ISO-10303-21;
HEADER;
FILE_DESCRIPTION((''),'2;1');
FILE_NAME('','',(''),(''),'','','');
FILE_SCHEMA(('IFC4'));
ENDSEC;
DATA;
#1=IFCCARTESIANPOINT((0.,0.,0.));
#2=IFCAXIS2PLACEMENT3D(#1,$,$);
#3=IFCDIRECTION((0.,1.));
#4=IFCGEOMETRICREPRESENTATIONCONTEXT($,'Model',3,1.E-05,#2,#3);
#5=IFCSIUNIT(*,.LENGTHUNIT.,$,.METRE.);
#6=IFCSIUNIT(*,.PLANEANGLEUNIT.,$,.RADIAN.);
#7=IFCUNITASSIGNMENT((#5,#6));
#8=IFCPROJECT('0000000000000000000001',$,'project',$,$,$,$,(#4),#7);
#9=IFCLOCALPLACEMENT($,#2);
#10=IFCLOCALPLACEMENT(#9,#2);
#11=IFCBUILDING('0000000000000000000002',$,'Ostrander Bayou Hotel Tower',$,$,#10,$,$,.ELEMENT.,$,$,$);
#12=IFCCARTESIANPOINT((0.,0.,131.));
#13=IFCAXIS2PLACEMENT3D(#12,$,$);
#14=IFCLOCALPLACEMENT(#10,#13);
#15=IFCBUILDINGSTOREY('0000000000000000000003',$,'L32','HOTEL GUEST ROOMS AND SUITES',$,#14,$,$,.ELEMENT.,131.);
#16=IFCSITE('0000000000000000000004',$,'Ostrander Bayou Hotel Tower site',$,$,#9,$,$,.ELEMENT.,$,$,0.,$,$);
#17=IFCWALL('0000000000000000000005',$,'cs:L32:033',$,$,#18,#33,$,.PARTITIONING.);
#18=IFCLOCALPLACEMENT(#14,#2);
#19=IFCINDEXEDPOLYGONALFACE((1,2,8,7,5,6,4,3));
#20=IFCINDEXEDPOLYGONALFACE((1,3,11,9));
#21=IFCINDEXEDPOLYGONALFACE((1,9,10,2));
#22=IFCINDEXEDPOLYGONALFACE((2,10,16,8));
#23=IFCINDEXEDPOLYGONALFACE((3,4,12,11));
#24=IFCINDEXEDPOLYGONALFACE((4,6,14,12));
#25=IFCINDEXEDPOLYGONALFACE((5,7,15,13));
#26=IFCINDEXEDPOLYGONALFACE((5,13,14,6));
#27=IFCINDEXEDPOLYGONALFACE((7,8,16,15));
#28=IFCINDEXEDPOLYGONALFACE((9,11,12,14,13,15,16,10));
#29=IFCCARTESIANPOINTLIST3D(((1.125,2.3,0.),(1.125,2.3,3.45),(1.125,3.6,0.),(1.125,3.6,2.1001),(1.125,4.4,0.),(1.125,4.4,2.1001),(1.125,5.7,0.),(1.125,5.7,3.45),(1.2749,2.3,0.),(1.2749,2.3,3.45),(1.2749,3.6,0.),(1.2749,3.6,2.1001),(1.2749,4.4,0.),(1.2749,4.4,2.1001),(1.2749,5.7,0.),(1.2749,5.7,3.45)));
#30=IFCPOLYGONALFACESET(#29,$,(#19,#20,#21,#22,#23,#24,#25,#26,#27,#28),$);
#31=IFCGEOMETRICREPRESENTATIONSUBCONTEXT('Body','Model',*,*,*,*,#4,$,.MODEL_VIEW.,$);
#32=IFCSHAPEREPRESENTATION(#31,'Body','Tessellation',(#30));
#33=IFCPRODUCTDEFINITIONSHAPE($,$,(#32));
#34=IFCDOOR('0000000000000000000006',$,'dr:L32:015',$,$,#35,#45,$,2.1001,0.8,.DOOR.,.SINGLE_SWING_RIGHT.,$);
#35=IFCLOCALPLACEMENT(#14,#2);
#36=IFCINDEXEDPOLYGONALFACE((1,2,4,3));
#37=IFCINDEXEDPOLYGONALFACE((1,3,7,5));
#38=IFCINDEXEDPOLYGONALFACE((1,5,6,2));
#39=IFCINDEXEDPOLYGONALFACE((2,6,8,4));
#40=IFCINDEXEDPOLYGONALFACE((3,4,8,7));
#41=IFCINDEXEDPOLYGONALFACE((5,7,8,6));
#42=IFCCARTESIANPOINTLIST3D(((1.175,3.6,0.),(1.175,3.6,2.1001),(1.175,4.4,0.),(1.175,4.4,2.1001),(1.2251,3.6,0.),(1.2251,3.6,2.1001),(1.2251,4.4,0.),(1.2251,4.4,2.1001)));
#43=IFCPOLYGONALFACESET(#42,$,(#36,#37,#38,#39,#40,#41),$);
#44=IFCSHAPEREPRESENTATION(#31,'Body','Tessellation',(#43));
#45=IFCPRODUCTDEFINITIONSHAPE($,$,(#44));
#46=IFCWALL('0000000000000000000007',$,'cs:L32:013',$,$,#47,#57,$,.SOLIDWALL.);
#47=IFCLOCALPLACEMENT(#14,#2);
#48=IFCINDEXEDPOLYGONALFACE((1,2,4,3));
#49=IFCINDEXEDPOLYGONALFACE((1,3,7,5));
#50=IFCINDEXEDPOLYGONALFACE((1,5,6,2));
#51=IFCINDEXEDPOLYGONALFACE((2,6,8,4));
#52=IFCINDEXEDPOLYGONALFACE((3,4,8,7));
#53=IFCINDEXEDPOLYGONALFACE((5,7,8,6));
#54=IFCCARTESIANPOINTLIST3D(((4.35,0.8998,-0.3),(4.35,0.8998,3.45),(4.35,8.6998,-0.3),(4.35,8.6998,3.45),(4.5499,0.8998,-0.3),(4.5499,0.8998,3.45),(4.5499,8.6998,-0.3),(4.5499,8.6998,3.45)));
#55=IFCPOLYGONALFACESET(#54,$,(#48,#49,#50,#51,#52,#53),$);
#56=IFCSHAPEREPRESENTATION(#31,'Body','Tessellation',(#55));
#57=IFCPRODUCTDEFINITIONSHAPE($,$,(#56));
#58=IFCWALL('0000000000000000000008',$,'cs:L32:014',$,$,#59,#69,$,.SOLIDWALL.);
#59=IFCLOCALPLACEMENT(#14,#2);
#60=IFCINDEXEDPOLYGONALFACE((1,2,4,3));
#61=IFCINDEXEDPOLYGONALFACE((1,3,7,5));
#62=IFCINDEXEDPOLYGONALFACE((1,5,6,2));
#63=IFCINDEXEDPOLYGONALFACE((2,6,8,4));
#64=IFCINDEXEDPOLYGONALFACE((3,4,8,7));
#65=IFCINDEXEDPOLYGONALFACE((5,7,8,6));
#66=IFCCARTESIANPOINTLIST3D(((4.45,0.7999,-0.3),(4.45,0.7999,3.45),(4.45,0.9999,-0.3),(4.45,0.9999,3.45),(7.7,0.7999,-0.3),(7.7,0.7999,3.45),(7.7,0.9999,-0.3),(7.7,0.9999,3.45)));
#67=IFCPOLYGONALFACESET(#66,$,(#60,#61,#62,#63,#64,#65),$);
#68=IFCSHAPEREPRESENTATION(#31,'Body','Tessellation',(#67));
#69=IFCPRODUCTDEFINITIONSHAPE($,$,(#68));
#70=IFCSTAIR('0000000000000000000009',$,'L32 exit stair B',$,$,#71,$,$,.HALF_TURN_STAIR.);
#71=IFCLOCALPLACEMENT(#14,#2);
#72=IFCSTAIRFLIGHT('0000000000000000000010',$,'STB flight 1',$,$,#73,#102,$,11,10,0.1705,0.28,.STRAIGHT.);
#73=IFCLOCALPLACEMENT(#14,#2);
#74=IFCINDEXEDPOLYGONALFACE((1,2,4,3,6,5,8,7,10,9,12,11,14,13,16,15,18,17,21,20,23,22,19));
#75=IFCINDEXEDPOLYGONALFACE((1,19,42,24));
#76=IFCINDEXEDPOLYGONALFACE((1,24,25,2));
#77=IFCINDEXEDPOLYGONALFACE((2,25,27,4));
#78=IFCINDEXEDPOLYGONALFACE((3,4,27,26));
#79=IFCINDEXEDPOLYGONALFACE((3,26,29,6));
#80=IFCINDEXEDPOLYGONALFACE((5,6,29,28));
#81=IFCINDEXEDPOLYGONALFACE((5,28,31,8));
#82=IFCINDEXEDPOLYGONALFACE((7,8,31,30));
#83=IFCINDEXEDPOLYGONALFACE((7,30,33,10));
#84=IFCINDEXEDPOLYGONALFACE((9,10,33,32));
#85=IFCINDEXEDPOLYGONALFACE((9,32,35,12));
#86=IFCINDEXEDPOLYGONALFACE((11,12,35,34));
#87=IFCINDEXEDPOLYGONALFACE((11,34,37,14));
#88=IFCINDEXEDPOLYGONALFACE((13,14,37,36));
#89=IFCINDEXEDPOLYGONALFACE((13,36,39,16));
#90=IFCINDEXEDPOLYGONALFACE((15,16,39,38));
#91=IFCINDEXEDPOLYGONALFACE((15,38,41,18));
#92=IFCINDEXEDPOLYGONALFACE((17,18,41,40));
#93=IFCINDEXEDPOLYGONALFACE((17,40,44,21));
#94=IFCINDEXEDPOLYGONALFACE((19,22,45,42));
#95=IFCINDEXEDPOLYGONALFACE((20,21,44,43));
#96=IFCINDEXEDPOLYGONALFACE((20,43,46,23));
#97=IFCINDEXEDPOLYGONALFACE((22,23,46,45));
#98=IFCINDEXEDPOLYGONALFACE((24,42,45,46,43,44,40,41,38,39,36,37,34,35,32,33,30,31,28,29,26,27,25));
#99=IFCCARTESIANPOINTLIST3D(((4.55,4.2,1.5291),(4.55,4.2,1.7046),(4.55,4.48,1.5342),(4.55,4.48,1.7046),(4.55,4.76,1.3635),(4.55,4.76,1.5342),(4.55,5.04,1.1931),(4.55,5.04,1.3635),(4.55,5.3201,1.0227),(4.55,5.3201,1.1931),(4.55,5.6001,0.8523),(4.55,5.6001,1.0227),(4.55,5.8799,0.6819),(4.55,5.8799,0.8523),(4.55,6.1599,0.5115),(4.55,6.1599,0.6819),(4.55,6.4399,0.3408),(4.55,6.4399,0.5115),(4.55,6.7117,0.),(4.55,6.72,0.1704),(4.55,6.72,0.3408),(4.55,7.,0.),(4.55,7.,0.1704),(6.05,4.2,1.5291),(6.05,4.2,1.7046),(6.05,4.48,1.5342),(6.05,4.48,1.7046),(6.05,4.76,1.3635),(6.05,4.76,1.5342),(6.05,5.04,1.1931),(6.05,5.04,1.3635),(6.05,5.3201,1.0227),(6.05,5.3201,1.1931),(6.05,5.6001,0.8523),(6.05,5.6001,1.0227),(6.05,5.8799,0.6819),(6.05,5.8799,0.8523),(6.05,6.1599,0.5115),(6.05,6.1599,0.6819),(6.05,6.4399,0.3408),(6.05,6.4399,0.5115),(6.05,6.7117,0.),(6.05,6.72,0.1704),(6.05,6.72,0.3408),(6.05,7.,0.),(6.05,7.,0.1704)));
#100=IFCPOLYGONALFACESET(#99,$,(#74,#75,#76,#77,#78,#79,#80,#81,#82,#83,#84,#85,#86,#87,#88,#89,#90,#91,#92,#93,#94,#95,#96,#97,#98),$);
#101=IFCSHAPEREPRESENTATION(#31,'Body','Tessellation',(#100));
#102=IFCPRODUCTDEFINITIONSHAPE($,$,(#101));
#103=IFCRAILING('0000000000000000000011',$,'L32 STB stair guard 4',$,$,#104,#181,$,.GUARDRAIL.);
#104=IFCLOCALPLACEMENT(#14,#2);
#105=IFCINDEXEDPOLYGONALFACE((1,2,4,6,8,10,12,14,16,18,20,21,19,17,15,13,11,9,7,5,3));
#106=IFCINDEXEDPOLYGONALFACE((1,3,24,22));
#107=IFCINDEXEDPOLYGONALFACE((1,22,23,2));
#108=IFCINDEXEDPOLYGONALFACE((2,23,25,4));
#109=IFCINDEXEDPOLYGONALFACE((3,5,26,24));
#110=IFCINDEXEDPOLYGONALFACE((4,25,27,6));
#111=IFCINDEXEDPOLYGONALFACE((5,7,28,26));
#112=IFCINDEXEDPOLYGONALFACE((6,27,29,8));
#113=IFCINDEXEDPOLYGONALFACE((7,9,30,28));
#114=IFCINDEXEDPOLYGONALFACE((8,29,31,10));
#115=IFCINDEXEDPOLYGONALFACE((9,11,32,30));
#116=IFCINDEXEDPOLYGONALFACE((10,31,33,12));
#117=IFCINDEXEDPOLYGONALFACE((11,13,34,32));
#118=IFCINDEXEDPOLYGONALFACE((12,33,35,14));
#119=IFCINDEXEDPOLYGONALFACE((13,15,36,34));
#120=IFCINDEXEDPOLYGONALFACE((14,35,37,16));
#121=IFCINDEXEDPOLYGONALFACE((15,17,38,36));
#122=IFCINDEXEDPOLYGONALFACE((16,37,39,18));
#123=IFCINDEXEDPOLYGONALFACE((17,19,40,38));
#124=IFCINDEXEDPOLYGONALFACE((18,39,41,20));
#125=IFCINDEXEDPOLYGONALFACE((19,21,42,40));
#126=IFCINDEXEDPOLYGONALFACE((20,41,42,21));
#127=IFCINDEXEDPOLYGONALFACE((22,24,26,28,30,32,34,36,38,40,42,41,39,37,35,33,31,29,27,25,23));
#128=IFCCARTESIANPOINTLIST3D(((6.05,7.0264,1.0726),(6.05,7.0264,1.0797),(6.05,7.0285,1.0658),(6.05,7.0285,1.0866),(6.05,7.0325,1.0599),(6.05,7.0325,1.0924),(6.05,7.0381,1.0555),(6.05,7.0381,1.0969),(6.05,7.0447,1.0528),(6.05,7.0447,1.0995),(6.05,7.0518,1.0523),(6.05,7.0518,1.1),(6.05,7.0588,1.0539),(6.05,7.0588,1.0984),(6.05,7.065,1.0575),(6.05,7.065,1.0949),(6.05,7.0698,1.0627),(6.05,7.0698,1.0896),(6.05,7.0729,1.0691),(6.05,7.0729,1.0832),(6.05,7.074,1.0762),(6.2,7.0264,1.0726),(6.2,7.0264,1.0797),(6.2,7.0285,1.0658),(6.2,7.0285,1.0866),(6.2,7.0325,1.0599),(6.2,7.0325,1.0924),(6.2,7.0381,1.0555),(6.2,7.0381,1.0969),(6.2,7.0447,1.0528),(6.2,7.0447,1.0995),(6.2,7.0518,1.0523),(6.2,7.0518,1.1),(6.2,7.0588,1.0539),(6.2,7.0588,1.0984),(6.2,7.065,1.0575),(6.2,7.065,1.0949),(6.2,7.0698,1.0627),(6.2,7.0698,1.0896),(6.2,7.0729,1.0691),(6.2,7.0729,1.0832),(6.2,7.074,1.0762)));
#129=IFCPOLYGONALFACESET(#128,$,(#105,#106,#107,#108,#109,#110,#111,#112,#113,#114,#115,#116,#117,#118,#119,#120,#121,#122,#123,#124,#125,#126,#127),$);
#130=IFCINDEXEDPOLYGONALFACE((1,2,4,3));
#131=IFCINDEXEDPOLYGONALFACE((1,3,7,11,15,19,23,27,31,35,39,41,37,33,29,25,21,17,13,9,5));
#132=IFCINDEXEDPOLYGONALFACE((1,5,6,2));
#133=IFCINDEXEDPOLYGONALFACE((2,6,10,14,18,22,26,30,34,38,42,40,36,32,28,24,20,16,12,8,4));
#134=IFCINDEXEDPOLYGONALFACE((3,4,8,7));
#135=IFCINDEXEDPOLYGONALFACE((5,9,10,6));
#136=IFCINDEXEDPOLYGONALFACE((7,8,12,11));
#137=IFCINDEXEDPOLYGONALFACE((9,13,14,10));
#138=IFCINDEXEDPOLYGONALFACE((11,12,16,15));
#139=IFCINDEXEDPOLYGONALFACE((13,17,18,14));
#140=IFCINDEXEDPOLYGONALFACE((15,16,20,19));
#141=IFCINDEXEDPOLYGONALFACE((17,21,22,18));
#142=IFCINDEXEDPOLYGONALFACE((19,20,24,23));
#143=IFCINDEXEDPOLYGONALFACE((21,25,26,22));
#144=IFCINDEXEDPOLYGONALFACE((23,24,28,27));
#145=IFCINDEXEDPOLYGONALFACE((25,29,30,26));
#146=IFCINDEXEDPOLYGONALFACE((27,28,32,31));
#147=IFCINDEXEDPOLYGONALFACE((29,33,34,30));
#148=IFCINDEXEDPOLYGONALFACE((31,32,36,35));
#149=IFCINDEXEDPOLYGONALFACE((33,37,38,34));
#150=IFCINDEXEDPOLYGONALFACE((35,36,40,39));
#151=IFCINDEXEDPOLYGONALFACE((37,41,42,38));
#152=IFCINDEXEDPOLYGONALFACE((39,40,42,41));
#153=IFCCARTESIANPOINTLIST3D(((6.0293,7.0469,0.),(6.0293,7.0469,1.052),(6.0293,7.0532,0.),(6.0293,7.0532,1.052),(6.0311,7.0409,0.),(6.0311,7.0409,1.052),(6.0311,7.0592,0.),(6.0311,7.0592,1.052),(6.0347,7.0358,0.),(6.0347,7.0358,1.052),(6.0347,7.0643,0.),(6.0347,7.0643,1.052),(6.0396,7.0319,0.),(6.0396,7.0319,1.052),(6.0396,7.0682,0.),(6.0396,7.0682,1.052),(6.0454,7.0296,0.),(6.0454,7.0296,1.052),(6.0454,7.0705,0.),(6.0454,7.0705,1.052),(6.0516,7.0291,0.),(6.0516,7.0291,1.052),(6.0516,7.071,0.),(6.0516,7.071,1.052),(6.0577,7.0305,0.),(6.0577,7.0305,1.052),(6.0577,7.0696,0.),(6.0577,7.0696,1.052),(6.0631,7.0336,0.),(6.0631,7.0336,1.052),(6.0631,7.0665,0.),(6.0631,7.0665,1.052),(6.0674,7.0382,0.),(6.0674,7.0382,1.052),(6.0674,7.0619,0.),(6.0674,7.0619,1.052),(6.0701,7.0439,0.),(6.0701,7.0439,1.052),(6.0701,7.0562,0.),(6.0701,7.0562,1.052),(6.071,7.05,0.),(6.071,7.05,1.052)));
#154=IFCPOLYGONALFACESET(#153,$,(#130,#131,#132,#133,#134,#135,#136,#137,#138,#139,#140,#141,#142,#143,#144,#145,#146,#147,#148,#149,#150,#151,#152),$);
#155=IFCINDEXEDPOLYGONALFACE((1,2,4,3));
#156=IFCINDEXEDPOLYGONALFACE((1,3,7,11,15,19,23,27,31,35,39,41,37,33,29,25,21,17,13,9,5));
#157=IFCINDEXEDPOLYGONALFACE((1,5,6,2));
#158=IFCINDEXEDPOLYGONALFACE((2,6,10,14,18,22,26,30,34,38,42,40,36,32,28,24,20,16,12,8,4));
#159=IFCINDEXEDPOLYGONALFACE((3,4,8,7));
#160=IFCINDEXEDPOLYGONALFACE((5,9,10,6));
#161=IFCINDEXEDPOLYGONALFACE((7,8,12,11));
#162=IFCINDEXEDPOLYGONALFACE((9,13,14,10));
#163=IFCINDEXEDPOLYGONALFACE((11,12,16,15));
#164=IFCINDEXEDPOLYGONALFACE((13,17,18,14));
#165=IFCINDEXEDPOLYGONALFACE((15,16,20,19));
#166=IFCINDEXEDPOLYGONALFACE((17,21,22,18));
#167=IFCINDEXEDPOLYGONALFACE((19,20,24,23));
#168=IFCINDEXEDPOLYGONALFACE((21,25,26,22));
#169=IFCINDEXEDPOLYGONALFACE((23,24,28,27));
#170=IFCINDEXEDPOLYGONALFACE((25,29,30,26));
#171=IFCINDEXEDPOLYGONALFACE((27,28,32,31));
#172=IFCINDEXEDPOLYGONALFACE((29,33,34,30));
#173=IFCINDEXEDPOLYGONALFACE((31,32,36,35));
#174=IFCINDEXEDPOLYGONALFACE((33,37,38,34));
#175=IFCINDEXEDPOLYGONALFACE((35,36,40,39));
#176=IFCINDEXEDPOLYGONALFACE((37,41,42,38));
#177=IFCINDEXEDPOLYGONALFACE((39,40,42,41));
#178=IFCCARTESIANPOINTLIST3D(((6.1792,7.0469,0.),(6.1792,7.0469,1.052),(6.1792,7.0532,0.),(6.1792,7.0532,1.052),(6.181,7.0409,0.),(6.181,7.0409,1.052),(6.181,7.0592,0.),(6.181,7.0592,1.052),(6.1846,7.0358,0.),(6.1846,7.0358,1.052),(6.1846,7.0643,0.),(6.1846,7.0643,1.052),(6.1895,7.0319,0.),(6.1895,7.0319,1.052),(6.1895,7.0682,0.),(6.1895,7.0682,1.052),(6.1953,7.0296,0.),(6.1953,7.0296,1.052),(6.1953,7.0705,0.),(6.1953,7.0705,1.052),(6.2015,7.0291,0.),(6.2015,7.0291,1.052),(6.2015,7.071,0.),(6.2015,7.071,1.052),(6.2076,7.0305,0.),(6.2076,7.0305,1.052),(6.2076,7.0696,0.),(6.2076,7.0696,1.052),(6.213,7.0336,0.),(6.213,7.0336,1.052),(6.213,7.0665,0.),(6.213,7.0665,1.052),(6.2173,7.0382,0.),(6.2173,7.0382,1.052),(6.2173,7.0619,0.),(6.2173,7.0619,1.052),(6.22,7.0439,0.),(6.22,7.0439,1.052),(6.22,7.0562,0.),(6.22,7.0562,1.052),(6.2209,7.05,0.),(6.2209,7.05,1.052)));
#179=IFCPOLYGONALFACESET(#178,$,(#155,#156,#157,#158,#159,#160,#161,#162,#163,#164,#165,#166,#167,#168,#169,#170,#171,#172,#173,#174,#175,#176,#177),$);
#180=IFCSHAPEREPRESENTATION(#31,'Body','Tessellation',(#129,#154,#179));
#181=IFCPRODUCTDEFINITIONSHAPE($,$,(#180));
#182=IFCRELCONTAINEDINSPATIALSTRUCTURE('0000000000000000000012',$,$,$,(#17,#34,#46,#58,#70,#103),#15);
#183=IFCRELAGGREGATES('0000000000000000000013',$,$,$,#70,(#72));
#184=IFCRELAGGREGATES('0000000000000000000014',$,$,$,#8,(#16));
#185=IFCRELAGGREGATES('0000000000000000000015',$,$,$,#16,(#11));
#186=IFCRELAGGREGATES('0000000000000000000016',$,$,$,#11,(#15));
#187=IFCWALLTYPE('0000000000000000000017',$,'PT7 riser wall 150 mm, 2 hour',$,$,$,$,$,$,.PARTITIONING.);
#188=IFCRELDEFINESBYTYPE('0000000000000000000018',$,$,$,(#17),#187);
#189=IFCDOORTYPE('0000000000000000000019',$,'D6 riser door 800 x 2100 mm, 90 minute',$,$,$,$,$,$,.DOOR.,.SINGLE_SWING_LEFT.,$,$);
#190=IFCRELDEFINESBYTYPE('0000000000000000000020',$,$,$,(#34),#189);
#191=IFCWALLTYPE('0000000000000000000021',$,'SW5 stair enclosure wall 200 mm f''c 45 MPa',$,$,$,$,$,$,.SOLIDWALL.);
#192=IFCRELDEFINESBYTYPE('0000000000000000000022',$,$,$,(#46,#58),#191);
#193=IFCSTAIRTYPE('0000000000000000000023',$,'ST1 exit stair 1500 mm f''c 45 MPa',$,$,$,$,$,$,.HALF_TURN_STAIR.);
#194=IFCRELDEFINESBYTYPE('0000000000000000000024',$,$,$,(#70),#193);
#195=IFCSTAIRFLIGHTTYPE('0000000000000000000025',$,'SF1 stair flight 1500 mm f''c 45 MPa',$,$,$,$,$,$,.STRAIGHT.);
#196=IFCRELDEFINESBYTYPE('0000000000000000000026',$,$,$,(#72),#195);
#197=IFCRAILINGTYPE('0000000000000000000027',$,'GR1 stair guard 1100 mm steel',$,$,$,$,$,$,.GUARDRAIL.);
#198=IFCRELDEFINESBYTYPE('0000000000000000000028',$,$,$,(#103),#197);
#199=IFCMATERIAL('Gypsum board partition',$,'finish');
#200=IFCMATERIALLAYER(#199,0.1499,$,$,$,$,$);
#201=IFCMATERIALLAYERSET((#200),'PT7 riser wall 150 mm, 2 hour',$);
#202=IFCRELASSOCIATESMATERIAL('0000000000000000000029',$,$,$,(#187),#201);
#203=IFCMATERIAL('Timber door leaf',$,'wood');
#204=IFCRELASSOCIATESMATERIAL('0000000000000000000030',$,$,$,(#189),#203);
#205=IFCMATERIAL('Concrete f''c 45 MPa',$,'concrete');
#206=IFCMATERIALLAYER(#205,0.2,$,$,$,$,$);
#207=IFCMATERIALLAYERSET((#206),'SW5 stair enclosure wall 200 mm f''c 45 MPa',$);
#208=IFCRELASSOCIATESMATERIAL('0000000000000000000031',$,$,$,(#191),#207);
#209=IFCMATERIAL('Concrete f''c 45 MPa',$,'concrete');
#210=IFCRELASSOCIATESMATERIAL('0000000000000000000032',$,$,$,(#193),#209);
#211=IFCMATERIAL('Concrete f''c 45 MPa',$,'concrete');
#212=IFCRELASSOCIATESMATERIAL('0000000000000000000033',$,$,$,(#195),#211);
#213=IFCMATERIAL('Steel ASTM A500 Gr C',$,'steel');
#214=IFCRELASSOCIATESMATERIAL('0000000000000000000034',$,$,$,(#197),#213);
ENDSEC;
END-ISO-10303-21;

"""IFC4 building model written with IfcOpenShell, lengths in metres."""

from ifc_helpers import new_model, si_unit, direction, frame, frame_2d, origin, origin_2d, place, context, subcontext, project, spatial, polyline, rectangle, circle, outline, extrude, material, layer, layer_set, type_object, element, fill, aggregate, save


model = new_model("IFC4")

# Units and contexts
model_context = context("Model", 3, precision=1e-05, world=origin(), true_north=direction((0.0, 1.0)))
body_context = subcontext(model_context, "Body", "Model", "MODEL_VIEW")
ifc_project = project(units=[si_unit("LENGTHUNIT", "METRE"), si_unit("PLANEANGLEUNIT", "RADIAN")], contexts=[model_context])

# Site, building, storey
site_placement = place(None, origin())
site = spatial("IfcSite", under=ifc_project, at=site_placement, Name="Ostrander Bayou Hotel Tower site", CompositionType="ELEMENT", RefElevation=0.0)
building_placement = place(site_placement, origin())
building = spatial("IfcBuilding", under=site, at=building_placement, Name="Ostrander Bayou Hotel Tower", CompositionType="ELEMENT")
storey_placement = place(building_placement, frame((0.0, 0.0, 131.0)))
storey = spatial("IfcBuildingStorey", under=building, at=storey_placement, Name="L32", Description="HOTEL GUEST ROOMS AND SUITES", CompositionType="ELEMENT", Elevation=131.0)

# Wall, opening, door
ifc_material_1 = material(Name="Gypsum board partition", Category="finish")
ifc_layer_1 = layer(ifc_material_1, 0.1499)
ifc_layer_set_1 = layer_set([ifc_layer_1], Name="PT7 riser wall 150 mm, 2 hour")
wall_type_1 = type_object("IfcWallType", Name="PT7 riser wall 150 mm, 2 hour", PredefinedType="PARTITIONING", material=ifc_layer_set_1)
wall_1_placement = place(storey_placement, frame((1.2, 2.3, 0.0), z_axis=(0.0, 0.0, 1.0), x_axis=(0.0, 1.0, 0.0)))
wall_1 = element("IfcWall", 1, at=wall_1_placement, inside=storey, type_object=wall_type_1, Name="cs:L32:033", PredefinedType="PARTITIONING", context=body_context, shape_type="SweptSolid", body=[
    extrude(rectangle(XDim=3.3999, YDim=0.1499, at=frame_2d((1.7, 0.0))), origin(), (0.0, 0.0, 1.0), 3.45),
])
opening_1_placement = place(wall_1_placement, frame((1.3, 0.0, 0.0)))
opening_1 = element("IfcOpeningElement", 2, at=opening_1_placement, cuts=wall_1, PredefinedType="OPENING", context=body_context, shape_type="SweptSolid", body=[
    extrude(rectangle(XDim=0.8, YDim=2.1001, at=frame_2d((0.3999, 1.05))), frame((0.0, 0.075, 0.0), z_axis=(0.0, -1.0, 0.0), x_axis=(1.0, 0.0, 0.0)), (0.0, 0.0, 1.0), 0.1499),
])
ifc_material_2 = material(Name="Timber door leaf", Category="wood")
door_type_1 = type_object("IfcDoorType", Name="D6 riser door 800 x 2100 mm, 90 minute", OperationType="SINGLE_SWING_LEFT", PredefinedType="DOOR", material=ifc_material_2)
door_1_placement = place(opening_1_placement, origin())
door_1 = element("IfcDoor", 3, at=door_1_placement, inside=storey, type_object=door_type_1, Name="dr:L32:015", OperationType="SINGLE_SWING_RIGHT", OverallHeight=2.1001, OverallWidth=0.8, PredefinedType="DOOR", context=body_context, shape_type="SweptSolid", body=[
    extrude(rectangle(XDim=0.8, YDim=2.1001, at=frame_2d((0.3999, 1.05))), frame((0.0, 0.0249, 0.0), z_axis=(0.0, -1.0, 0.0), x_axis=(1.0, 0.0, 0.0)), (0.0, 0.0, 1.0), 0.05),
])
fill(opening_1, door_1)

# Walls
ifc_material_3 = material(Name="Concrete f'c 45 MPa", Category="concrete")
ifc_layer_2 = layer(ifc_material_3, 0.2)
ifc_layer_set_2 = layer_set([ifc_layer_2], Name="SW5 stair enclosure wall 200 mm f'c 45 MPa")
wall_type_2 = type_object("IfcWallType", Name="SW5 stair enclosure wall 200 mm f'c 45 MPa", PredefinedType="SOLIDWALL", material=ifc_layer_set_2)
wall_2_placement = place(storey_placement, frame((4.45, 0.8999, -0.3), z_axis=(0.0, 0.0, 1.0), x_axis=(0.0, 1.0, 0.0)))
element("IfcWall", 4, at=wall_2_placement, inside=storey, type_object=wall_type_2, Name="cs:L32:013", PredefinedType="SOLIDWALL", context=body_context, shape_type="SweptSolid", body=[
    extrude(rectangle(XDim=7.8, YDim=0.2, at=frame_2d((3.8999, 0.0))), origin(), (0.0, 0.0, 1.0), 3.75),
])
wall_3_placement = place(storey_placement, frame((4.45, 0.8999, -0.3), z_axis=(0.0, 0.0, 1.0), x_axis=(1.0, 0.0, 0.0)))
element("IfcWall", 5, at=wall_3_placement, inside=storey, type_object=wall_type_2, Name="cs:L32:014", PredefinedType="SOLIDWALL", context=body_context, shape_type="SweptSolid", body=[
    extrude(rectangle(XDim=3.25, YDim=0.2, at=frame_2d((1.625, 0.0))), origin(), (0.0, 0.0, 1.0), 3.75),
])

# Stair, stair flight
ifc_material_4 = material(Name="Concrete f'c 45 MPa", Category="concrete")
stair_type = type_object("IfcStairType", Name="ST1 exit stair 1500 mm f'c 45 MPa", PredefinedType="HALF_TURN_STAIR", material=ifc_material_4)
stair_placement = place(storey_placement, origin())
stair = element("IfcStair", 6, at=stair_placement, inside=storey, type_object=stair_type, Name="L32 exit stair B", PredefinedType="HALF_TURN_STAIR")
ifc_material_5 = material(Name="Concrete f'c 45 MPa", Category="concrete")
stair_flight_type = type_object("IfcStairFlightType", Name="SF1 stair flight 1500 mm f'c 45 MPa", PredefinedType="STRAIGHT", material=ifc_material_5)
stair_flight_placement = place(storey_placement, frame((5.3, 7.0, 0.0), z_axis=(0.0, 0.0, 1.0), x_axis=(0.0, -1.0, 0.0)))
stair_flight = element("IfcStairFlight", 7, at=stair_flight_placement, type_object=stair_flight_type, Name="STB flight 1", NumberOfRisers=11, NumberOfTreads=10, PredefinedType="STRAIGHT", RiserHeight=0.1705, TreadLength=0.28, context=body_context, shape_type="SweptSolid", body=[
    extrude(outline(polyline([(0.0, 0.0), (0.0, 0.1704), (0.28, 0.1704), (0.28, 0.3408), (0.5601, 0.3408), (0.5601, 0.5115), (0.8401, 0.5115), (0.8401, 0.6819), (1.1201, 0.6819), (1.1201, 0.8523), (1.3999, 0.8523), (1.3999, 1.0227), (1.6799, 1.0227), (1.6799, 1.1931), (1.96, 1.1931), (1.96, 1.3635), (2.24, 1.3635), (2.24, 1.5342), (2.52, 1.5342), (2.52, 1.7046), (2.8, 1.7046), (2.8, 1.875), (2.8, 1.5291), (0.2883, 0.0), (0.0, 0.0)])), frame((0.0, 0.75, 0.0), z_axis=(0.0, -1.0, 0.0), x_axis=(1.0, 0.0, 0.0)), (0.0, 0.0, 1.0), 1.5),
])
aggregate(stair, [stair_flight])

# Railing
ifc_material_6 = material(Name="Steel ASTM A500 Gr C", Category="steel")
railing_type = type_object("IfcRailingType", Name="GR1 stair guard 1100 mm steel", PredefinedType="GUARDRAIL", material=ifc_material_6)
railing_placement = place(storey_placement, frame((6.05, 7.05, 0.0)))
element("IfcRailing", 8, at=railing_placement, inside=storey, type_object=railing_type, Name="L32 STB stair guard 4", PredefinedType="GUARDRAIL", context=body_context, shape_type="SweptSolid", body=[
    extrude(circle(Radius=0.0239, at=origin_2d()), frame((0.0, 0.0, 1.0762), z_axis=(1.0, 0.0, 0.0), x_axis=(0.0, 1.0, 0.0)), (0.0, 0.0, 1.0), 0.1499),
    extrude(circle(Radius=0.021, at=origin_2d()), origin(), (0.0, 0.0, 1.0), 1.052),
    extrude(circle(Radius=0.021, at=origin_2d()), frame((0.1499, 0.0, 0.0)), (0.0, 0.0, 1.0), 1.052),
])

save(model, "model.ifc")
